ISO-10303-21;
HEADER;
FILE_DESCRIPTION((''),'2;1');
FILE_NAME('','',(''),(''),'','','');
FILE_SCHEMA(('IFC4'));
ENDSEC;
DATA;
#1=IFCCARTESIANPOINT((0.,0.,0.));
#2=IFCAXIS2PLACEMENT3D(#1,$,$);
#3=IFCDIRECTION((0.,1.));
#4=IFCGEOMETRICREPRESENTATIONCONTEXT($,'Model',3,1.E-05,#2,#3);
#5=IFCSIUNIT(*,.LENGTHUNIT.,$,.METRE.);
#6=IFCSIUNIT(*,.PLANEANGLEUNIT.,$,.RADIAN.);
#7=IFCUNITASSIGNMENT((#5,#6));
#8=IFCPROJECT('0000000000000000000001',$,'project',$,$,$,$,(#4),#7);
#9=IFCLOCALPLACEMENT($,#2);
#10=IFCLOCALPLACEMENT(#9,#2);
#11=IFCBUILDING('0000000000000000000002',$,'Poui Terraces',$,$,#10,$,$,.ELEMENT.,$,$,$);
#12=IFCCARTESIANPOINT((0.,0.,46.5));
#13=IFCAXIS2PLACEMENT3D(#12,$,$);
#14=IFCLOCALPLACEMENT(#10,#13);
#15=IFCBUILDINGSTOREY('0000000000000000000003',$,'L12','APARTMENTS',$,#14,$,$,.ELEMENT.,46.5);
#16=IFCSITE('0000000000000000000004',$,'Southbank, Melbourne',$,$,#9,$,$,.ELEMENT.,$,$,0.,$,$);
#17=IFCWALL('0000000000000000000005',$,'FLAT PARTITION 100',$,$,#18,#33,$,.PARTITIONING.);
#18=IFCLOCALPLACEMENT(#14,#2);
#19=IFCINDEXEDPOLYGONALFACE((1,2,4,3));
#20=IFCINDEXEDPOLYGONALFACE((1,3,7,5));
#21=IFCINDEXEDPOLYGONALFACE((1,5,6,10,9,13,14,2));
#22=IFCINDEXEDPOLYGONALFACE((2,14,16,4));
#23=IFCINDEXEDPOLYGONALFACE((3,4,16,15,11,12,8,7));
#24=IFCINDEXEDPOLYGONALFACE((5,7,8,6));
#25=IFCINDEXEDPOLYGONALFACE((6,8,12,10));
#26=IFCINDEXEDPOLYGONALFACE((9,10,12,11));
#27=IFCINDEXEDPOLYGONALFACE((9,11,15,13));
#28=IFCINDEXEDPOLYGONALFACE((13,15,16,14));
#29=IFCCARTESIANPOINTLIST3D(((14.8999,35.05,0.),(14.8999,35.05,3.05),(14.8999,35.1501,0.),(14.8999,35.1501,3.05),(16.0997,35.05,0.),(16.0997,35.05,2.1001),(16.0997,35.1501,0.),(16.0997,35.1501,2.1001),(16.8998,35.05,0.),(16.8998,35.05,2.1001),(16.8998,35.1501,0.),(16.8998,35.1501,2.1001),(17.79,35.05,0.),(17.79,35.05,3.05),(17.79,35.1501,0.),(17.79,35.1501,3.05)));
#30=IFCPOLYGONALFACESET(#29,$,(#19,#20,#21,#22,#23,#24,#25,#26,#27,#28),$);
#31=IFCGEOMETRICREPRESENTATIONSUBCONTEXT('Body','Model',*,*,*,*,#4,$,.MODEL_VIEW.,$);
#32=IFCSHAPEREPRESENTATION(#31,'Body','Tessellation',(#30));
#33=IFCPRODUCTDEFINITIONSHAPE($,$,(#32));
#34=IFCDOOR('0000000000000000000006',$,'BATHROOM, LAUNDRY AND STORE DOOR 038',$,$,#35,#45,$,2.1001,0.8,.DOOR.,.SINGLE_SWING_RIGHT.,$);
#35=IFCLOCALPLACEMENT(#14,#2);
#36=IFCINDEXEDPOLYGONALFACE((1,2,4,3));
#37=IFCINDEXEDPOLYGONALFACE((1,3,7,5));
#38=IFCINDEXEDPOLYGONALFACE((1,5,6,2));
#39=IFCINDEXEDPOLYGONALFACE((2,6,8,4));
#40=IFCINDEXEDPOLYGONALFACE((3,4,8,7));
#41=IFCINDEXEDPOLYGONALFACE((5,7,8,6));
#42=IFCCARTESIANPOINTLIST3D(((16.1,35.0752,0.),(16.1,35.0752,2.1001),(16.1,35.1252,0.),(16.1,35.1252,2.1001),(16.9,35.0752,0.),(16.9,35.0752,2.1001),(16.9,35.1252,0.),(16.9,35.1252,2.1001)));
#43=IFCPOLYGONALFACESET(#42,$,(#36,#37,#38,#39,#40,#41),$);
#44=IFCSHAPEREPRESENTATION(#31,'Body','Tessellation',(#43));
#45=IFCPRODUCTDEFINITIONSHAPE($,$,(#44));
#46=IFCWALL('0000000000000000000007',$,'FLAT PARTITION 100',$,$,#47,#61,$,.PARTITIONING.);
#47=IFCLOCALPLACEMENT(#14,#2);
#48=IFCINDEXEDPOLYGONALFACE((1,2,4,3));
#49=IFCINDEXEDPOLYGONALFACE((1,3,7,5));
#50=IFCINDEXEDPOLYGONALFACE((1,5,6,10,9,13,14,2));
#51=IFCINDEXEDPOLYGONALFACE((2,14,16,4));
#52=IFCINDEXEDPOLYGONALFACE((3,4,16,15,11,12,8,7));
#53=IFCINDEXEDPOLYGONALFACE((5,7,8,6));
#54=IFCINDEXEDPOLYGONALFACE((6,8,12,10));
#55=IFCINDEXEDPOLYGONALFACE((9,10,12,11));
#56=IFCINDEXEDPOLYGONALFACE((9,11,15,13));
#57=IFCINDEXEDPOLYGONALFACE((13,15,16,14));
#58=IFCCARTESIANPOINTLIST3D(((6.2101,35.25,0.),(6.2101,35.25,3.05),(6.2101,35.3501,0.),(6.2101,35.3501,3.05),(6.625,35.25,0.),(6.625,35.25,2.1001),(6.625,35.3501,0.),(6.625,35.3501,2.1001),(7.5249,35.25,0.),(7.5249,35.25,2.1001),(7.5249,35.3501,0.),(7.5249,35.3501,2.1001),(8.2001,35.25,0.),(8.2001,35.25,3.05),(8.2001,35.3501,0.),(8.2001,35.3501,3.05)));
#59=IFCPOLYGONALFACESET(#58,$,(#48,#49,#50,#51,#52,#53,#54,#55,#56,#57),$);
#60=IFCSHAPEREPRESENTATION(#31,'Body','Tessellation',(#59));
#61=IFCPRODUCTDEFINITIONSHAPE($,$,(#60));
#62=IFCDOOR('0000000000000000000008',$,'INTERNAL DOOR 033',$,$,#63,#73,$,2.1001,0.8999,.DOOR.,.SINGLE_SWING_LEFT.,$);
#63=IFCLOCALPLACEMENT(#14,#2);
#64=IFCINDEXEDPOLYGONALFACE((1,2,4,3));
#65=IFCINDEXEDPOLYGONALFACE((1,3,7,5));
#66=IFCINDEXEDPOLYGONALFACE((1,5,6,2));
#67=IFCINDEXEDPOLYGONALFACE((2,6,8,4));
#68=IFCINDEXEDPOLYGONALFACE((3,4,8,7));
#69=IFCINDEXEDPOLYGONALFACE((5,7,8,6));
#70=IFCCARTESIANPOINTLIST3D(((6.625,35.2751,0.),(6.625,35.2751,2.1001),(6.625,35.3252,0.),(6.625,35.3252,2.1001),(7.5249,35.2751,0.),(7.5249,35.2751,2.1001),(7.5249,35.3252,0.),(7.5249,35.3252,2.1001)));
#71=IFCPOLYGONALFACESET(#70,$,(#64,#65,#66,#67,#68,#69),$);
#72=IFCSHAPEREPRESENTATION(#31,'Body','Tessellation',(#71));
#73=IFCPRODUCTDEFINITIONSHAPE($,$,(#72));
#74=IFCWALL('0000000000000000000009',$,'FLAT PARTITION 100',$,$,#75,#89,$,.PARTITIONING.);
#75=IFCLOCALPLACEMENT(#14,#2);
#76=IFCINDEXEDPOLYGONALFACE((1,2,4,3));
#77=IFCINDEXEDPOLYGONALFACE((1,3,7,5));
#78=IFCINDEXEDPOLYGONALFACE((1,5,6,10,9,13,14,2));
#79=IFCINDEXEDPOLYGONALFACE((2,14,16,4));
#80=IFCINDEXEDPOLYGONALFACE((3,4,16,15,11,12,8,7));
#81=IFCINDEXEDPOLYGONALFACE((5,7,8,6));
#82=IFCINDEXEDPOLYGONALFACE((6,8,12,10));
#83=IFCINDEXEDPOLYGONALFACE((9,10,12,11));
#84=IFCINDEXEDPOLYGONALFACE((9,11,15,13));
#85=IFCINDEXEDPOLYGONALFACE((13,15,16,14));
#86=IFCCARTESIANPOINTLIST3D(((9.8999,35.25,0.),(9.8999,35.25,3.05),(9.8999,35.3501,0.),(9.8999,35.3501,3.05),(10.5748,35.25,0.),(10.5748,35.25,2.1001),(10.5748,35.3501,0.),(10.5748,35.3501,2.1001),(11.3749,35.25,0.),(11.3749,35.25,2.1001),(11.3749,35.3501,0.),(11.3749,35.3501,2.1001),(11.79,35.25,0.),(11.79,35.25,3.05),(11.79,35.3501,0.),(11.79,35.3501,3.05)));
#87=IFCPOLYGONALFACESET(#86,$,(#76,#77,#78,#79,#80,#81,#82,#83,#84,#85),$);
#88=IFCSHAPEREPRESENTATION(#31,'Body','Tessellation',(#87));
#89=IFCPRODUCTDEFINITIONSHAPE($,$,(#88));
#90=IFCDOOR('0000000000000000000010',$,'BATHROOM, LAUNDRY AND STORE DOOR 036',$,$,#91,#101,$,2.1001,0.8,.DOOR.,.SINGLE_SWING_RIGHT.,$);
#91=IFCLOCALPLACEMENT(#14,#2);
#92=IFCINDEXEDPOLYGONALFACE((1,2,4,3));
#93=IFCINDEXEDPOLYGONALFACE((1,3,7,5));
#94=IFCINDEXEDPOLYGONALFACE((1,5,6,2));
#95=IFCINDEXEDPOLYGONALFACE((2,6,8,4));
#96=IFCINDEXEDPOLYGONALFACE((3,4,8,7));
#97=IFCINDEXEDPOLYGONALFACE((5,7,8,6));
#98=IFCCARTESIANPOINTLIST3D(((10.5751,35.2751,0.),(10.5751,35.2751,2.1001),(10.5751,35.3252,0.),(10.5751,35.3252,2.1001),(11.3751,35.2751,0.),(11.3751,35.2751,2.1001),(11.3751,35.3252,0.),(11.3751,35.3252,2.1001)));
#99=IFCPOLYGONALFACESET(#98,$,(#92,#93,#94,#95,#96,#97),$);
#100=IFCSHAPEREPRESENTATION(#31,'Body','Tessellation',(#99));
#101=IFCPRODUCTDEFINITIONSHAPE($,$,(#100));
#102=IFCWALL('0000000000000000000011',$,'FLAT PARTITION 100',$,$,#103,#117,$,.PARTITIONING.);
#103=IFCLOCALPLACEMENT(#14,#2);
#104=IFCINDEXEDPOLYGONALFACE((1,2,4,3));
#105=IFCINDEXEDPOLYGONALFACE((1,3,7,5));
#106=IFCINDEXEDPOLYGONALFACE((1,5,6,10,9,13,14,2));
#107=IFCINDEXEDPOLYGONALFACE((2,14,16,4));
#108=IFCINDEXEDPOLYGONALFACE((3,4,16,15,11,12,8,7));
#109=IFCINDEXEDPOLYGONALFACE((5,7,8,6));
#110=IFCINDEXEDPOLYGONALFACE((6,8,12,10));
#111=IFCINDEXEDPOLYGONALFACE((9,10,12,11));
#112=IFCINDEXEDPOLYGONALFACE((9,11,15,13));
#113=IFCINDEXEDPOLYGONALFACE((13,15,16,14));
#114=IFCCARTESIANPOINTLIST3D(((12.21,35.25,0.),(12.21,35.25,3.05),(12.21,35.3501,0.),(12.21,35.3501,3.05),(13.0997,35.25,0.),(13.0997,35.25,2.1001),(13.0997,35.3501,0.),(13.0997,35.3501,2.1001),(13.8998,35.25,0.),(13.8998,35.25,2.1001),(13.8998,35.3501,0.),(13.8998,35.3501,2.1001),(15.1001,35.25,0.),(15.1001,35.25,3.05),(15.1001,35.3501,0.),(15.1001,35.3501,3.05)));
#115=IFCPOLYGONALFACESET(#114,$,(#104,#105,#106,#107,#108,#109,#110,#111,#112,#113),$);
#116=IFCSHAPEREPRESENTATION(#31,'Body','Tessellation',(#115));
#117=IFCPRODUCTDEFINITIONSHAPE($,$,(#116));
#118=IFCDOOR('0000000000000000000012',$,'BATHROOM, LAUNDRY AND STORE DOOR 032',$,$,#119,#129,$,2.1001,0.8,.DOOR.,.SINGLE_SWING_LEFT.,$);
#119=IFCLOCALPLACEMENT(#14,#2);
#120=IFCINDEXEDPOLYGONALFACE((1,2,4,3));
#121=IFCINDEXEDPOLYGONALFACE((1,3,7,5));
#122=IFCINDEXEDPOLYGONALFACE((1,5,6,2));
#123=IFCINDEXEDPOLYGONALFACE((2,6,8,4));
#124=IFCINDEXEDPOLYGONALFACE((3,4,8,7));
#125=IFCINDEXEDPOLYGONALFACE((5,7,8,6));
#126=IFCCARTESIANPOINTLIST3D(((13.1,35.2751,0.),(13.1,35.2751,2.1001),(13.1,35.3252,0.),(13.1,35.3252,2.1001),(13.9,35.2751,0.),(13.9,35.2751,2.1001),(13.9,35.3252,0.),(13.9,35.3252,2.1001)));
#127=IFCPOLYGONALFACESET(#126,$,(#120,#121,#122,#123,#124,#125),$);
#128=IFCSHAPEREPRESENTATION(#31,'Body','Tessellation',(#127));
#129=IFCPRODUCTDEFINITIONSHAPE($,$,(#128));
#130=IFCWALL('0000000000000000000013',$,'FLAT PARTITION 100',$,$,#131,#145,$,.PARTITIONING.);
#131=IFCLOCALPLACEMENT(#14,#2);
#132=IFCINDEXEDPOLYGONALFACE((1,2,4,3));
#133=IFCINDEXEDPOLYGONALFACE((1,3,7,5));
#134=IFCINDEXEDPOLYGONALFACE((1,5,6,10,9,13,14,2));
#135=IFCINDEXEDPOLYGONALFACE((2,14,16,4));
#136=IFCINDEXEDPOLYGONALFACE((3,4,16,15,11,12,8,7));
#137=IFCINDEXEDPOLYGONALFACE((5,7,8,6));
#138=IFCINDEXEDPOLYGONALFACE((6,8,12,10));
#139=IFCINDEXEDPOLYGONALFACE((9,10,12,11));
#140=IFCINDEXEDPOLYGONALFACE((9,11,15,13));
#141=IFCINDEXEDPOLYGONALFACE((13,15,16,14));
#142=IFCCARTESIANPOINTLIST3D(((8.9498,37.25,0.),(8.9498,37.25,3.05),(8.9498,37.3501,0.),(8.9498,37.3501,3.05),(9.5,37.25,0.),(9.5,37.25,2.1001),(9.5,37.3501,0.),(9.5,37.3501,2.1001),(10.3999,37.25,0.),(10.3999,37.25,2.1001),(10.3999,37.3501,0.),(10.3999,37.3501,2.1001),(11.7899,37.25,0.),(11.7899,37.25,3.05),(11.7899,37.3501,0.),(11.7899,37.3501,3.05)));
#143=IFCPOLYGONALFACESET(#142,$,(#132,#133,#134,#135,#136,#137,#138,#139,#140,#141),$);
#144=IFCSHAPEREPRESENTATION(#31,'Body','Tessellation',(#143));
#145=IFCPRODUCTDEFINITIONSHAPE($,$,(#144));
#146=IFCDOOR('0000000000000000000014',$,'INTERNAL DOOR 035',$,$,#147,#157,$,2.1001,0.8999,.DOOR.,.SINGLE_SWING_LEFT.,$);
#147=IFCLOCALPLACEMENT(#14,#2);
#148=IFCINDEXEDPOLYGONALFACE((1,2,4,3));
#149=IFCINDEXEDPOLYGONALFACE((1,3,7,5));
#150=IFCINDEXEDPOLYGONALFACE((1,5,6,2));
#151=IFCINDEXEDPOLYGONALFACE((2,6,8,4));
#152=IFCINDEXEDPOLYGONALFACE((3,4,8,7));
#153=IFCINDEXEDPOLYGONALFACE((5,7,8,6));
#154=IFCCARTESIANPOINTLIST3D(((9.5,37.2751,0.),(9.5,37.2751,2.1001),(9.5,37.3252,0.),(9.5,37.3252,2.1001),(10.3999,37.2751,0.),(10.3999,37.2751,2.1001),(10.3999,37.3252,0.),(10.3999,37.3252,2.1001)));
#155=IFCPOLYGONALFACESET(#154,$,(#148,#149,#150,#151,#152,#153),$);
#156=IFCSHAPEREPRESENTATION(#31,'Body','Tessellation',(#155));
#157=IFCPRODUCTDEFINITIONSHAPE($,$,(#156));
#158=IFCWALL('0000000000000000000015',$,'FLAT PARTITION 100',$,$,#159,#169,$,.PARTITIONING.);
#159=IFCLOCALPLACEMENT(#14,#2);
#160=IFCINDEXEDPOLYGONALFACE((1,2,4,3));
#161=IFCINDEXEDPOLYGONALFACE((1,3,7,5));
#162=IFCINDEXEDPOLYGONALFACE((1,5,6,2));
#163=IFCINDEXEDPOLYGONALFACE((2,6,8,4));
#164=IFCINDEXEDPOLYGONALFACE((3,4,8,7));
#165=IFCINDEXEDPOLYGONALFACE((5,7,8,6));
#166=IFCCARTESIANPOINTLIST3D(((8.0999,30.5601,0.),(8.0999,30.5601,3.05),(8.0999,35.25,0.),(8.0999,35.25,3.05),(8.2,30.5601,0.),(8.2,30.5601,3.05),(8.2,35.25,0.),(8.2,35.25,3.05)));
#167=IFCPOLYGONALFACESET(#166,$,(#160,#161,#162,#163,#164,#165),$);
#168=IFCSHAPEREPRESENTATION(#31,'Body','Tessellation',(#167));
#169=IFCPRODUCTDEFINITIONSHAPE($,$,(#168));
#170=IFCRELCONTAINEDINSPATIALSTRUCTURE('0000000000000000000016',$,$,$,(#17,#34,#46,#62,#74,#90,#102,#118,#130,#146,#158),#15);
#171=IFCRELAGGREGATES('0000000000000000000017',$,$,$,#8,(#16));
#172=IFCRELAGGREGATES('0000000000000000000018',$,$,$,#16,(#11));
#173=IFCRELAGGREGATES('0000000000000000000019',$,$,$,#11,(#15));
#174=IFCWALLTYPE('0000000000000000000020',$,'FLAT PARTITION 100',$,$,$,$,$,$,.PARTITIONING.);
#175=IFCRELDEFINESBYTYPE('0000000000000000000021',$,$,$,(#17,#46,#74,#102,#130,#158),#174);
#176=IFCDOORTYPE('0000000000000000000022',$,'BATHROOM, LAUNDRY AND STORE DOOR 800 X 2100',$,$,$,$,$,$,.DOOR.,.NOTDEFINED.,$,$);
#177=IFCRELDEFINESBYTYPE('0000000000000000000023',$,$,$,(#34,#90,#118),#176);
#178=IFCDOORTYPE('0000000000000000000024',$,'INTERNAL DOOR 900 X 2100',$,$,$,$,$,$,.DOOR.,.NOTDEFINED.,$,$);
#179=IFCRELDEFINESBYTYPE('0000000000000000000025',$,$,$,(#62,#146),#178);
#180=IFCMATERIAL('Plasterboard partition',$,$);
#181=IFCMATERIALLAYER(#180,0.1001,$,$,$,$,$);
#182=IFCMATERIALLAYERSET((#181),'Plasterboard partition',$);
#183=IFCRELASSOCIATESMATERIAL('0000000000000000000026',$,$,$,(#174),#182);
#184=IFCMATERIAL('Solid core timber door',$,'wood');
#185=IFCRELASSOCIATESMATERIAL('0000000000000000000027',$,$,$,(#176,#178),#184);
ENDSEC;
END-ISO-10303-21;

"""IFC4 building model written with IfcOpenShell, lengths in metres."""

from ifc_helpers import new_model, si_unit, direction, frame, frame_2d, origin, place, context, subcontext, project, spatial, rectangle, extrude, material, layer, layer_set, type_object, element, fill, save


model = new_model("IFC4")

# Units and contexts
model_context = context("Model", 3, precision=1e-05, world=origin(), true_north=direction((0.0, 1.0)))
body_context = subcontext(model_context, "Body", "Model", "MODEL_VIEW")
ifc_project = project(units=[si_unit("LENGTHUNIT", "METRE"), si_unit("PLANEANGLEUNIT", "RADIAN")], contexts=[model_context])

# Site, building, storey
site_placement = place(None, origin())
site = spatial("IfcSite", under=ifc_project, at=site_placement, Name="Southbank, Melbourne", CompositionType="ELEMENT", RefElevation=0.0)
building_placement = place(site_placement, origin())
building = spatial("IfcBuilding", under=site, at=building_placement, Name="Poui Terraces", CompositionType="ELEMENT")
storey_placement = place(building_placement, frame((0.0, 0.0, 46.5)))
storey = spatial("IfcBuildingStorey", under=building, at=storey_placement, Name="L12", Description="APARTMENTS", CompositionType="ELEMENT", Elevation=46.5)

# Walls, openings, doors
ifc_material_1 = material(Name="Plasterboard partition")
ifc_layer_1 = layer(ifc_material_1, 0.1001)
ifc_layer_set_1 = layer_set([ifc_layer_1], Name="Plasterboard partition")
wall_type_1 = type_object("IfcWallType", Name="FLAT PARTITION 100", PredefinedType="PARTITIONING", material=ifc_layer_set_1)
wall_1_placement = place(storey_placement, frame((14.8999, 35.1001, 0.0), z_axis=(0.0, 0.0, 1.0), x_axis=(1.0, 0.0, 0.0)))
wall_1 = element("IfcWall", 1, at=wall_1_placement, inside=storey, type_object=wall_type_1, Name="FLAT PARTITION 100", PredefinedType="PARTITIONING", context=body_context, shape_type="SweptSolid", body=[
    extrude(rectangle(XDim=2.8901, YDim=0.1001, at=frame_2d((1.4451, 0.0))), origin(), (0.0, 0.0, 1.0), 3.05),
])
opening_1_placement = place(wall_1_placement, frame((1.2, 0.0, 0.0)))
opening_1 = element("IfcOpeningElement", 2, at=opening_1_placement, cuts=wall_1, PredefinedType="OPENING", context=body_context, shape_type="SweptSolid", body=[
    extrude(rectangle(XDim=0.8, YDim=2.1001, at=frame_2d((0.3999, 1.05))), frame((0.0, 0.0601, 0.0), z_axis=(0.0, -1.0, 0.0), x_axis=(1.0, 0.0, 0.0)), (0.0, 0.0, 1.0), 0.1201),
])
ifc_material_2 = material(Name="Solid core timber door", Category="wood")
door_type_1 = type_object("IfcDoorType", Name="BATHROOM, LAUNDRY AND STORE DOOR 800 X 2100", OperationType="NOTDEFINED", PredefinedType="DOOR", material=ifc_material_2)
door_1_placement = place(opening_1_placement, frame((0.8, 0.0, 0.0), z_axis=(0.0, 0.0, 1.0), x_axis=(-1.0, 0.0, 0.0)))
door_1 = element("IfcDoor", 3, at=door_1_placement, inside=storey, type_object=door_type_1, Name="BATHROOM, LAUNDRY AND STORE DOOR 038", OperationType="SINGLE_SWING_RIGHT", OverallHeight=2.1001, OverallWidth=0.8, PredefinedType="DOOR", context=body_context, shape_type="SweptSolid", body=[
    extrude(rectangle(XDim=0.8, YDim=2.1001, at=frame_2d((0.3999, 1.05))), frame((0.0, 0.0249, 0.0), z_axis=(0.0, -1.0, 0.0), x_axis=(1.0, 0.0, 0.0)), (0.0, 0.0, 1.0), 0.05),
])
fill(opening_1, door_1)
wall_2_placement = place(storey_placement, frame((6.21, 35.3, 0.0), z_axis=(0.0, 0.0, 1.0), x_axis=(1.0, 0.0, 0.0)))
wall_2 = element("IfcWall", 4, at=wall_2_placement, inside=storey, type_object=wall_type_1, Name="FLAT PARTITION 100", PredefinedType="PARTITIONING", context=body_context, shape_type="SweptSolid", body=[
    extrude(rectangle(XDim=1.99, YDim=0.1001, at=frame_2d((0.9951, 0.0))), origin(), (0.0, 0.0, 1.0), 3.05),
])
opening_2_placement = place(wall_2_placement, frame((0.415, 0.0, 0.0)))
opening_2 = element("IfcOpeningElement", 5, at=opening_2_placement, cuts=wall_2, PredefinedType="OPENING", context=body_context, shape_type="SweptSolid", body=[
    extrude(rectangle(XDim=0.8999, YDim=2.1001, at=frame_2d((0.45, 1.05))), frame((0.0, 0.0601, 0.0), z_axis=(0.0, -1.0, 0.0), x_axis=(1.0, 0.0, 0.0)), (0.0, 0.0, 1.0), 0.1201),
])
door_type_2 = type_object("IfcDoorType", Name="INTERNAL DOOR 900 X 2100", OperationType="NOTDEFINED", PredefinedType="DOOR", material=ifc_material_2)
door_2_placement = place(opening_2_placement, frame((0.8999, 0.0, 0.0), z_axis=(0.0, 0.0, 1.0), x_axis=(-1.0, 0.0, 0.0)))
door_2 = element("IfcDoor", 6, at=door_2_placement, inside=storey, type_object=door_type_2, Name="INTERNAL DOOR 033", OperationType="SINGLE_SWING_LEFT", OverallHeight=2.1001, OverallWidth=0.8999, PredefinedType="DOOR", context=body_context, shape_type="SweptSolid", body=[
    extrude(rectangle(XDim=0.8999, YDim=2.1001, at=frame_2d((0.45, 1.05))), frame((0.0, 0.0249, 0.0), z_axis=(0.0, -1.0, 0.0), x_axis=(1.0, 0.0, 0.0)), (0.0, 0.0, 1.0), 0.05),
])
fill(opening_2, door_2)
wall_3_placement = place(storey_placement, frame((9.8999, 35.3, 0.0), z_axis=(0.0, 0.0, 1.0), x_axis=(1.0, 0.0, 0.0)))
wall_3 = element("IfcWall", 7, at=wall_3_placement, inside=storey, type_object=wall_type_1, Name="FLAT PARTITION 100", PredefinedType="PARTITIONING", context=body_context, shape_type="SweptSolid", body=[
    extrude(rectangle(XDim=1.8901, YDim=0.1001, at=frame_2d((0.9451, 0.0))), origin(), (0.0, 0.0, 1.0), 3.05),
])
opening_3_placement = place(wall_3_placement, frame((0.675, 0.0, 0.0)))
opening_3 = element("IfcOpeningElement", 8, at=opening_3_placement, cuts=wall_3, PredefinedType="OPENING", context=body_context, shape_type="SweptSolid", body=[
    extrude(rectangle(XDim=0.8, YDim=2.1001, at=frame_2d((0.3999, 1.05))), frame((0.0, 0.0601, 0.0), z_axis=(0.0, -1.0, 0.0), x_axis=(1.0, 0.0, 0.0)), (0.0, 0.0, 1.0), 0.1201),
])
door_3_placement = place(opening_3_placement, frame((0.8, 0.0, 0.0), z_axis=(0.0, 0.0, 1.0), x_axis=(-1.0, 0.0, 0.0)))
door_3 = element("IfcDoor", 9, at=door_3_placement, inside=storey, type_object=door_type_1, Name="BATHROOM, LAUNDRY AND STORE DOOR 036", OperationType="SINGLE_SWING_RIGHT", OverallHeight=2.1001, OverallWidth=0.8, PredefinedType="DOOR", context=body_context, shape_type="SweptSolid", body=[
    extrude(rectangle(XDim=0.8, YDim=2.1001, at=frame_2d((0.3999, 1.05))), frame((0.0, 0.0249, 0.0), z_axis=(0.0, -1.0, 0.0), x_axis=(1.0, 0.0, 0.0)), (0.0, 0.0, 1.0), 0.05),
])
fill(opening_3, door_3)
wall_4_placement = place(storey_placement, frame((12.21, 35.3, 0.0), z_axis=(0.0, 0.0, 1.0), x_axis=(1.0, 0.0, 0.0)))
wall_4 = element("IfcWall", 10, at=wall_4_placement, inside=storey, type_object=wall_type_1, Name="FLAT PARTITION 100", PredefinedType="PARTITIONING", context=body_context, shape_type="SweptSolid", body=[
    extrude(rectangle(XDim=2.8901, YDim=0.1001, at=frame_2d((1.4451, 0.0))), origin(), (0.0, 0.0, 1.0), 3.05),
])
opening_4_placement = place(wall_4_placement, frame((0.8899, 0.0, 0.0)))
opening_4 = element("IfcOpeningElement", 11, at=opening_4_placement, cuts=wall_4, PredefinedType="OPENING", context=body_context, shape_type="SweptSolid", body=[
    extrude(rectangle(XDim=0.8, YDim=2.1001, at=frame_2d((0.3999, 1.05))), frame((0.0, 0.0601, 0.0), z_axis=(0.0, -1.0, 0.0), x_axis=(1.0, 0.0, 0.0)), (0.0, 0.0, 1.0), 0.1201),
])
door_4_placement = place(opening_4_placement, frame((0.8, 0.0, 0.0), z_axis=(0.0, 0.0, 1.0), x_axis=(-1.0, 0.0, 0.0)))
door_4 = element("IfcDoor", 12, at=door_4_placement, inside=storey, type_object=door_type_1, Name="BATHROOM, LAUNDRY AND STORE DOOR 032", OperationType="SINGLE_SWING_LEFT", OverallHeight=2.1001, OverallWidth=0.8, PredefinedType="DOOR", context=body_context, shape_type="SweptSolid", body=[
    extrude(rectangle(XDim=0.8, YDim=2.1001, at=frame_2d((0.3999, 1.05))), frame((0.0, 0.0249, 0.0), z_axis=(0.0, -1.0, 0.0), x_axis=(1.0, 0.0, 0.0)), (0.0, 0.0, 1.0), 0.05),
])
fill(opening_4, door_4)
wall_5_placement = place(storey_placement, frame((8.95, 37.3, 0.0), z_axis=(0.0, 0.0, 1.0), x_axis=(1.0, 0.0, 0.0)))
wall_5 = element("IfcWall", 13, at=wall_5_placement, inside=storey, type_object=wall_type_1, Name="FLAT PARTITION 100", PredefinedType="PARTITIONING", context=body_context, shape_type="SweptSolid", body=[
    extrude(rectangle(XDim=2.8401, YDim=0.1001, at=frame_2d((1.4199, 0.0))), origin(), (0.0, 0.0, 1.0), 3.05),
])
opening_5_placement = place(wall_5_placement, frame((0.55, 0.0, 0.0)))
opening_5 = element("IfcOpeningElement", 14, at=opening_5_placement, cuts=wall_5, PredefinedType="OPENING", context=body_context, shape_type="SweptSolid", body=[
    extrude(rectangle(XDim=0.8999, YDim=2.1001, at=frame_2d((0.45, 1.05))), frame((0.0, 0.0601, 0.0), z_axis=(0.0, -1.0, 0.0), x_axis=(1.0, 0.0, 0.0)), (0.0, 0.0, 1.0), 0.1201),
])
door_5_placement = place(opening_5_placement, frame((0.8999, 0.0, 0.0), z_axis=(0.0, 0.0, 1.0), x_axis=(-1.0, 0.0, 0.0)))
door_5 = element("IfcDoor", 15, at=door_5_placement, inside=storey, type_object=door_type_2, Name="INTERNAL DOOR 035", OperationType="SINGLE_SWING_LEFT", OverallHeight=2.1001, OverallWidth=0.8999, PredefinedType="DOOR", context=body_context, shape_type="SweptSolid", body=[
    extrude(rectangle(XDim=0.8999, YDim=2.1001, at=frame_2d((0.45, 1.05))), frame((0.0, 0.0249, 0.0), z_axis=(0.0, -1.0, 0.0), x_axis=(1.0, 0.0, 0.0)), (0.0, 0.0, 1.0), 0.05),
])
fill(opening_5, door_5)

# Wall
wall_6_placement = place(storey_placement, frame((8.1499, 30.5601, 0.0), z_axis=(0.0, 0.0, 1.0), x_axis=(0.0, 1.0, 0.0)))
element("IfcWall", 16, at=wall_6_placement, inside=storey, type_object=wall_type_1, Name="FLAT PARTITION 100", PredefinedType="PARTITIONING", context=body_context, shape_type="SweptSolid", body=[
    extrude(rectangle(XDim=4.6899, YDim=0.1001, at=frame_2d((2.345, 0.0))), origin(), (0.0, 0.0, 1.0), 3.05),
])

save(model, "model.ifc")
